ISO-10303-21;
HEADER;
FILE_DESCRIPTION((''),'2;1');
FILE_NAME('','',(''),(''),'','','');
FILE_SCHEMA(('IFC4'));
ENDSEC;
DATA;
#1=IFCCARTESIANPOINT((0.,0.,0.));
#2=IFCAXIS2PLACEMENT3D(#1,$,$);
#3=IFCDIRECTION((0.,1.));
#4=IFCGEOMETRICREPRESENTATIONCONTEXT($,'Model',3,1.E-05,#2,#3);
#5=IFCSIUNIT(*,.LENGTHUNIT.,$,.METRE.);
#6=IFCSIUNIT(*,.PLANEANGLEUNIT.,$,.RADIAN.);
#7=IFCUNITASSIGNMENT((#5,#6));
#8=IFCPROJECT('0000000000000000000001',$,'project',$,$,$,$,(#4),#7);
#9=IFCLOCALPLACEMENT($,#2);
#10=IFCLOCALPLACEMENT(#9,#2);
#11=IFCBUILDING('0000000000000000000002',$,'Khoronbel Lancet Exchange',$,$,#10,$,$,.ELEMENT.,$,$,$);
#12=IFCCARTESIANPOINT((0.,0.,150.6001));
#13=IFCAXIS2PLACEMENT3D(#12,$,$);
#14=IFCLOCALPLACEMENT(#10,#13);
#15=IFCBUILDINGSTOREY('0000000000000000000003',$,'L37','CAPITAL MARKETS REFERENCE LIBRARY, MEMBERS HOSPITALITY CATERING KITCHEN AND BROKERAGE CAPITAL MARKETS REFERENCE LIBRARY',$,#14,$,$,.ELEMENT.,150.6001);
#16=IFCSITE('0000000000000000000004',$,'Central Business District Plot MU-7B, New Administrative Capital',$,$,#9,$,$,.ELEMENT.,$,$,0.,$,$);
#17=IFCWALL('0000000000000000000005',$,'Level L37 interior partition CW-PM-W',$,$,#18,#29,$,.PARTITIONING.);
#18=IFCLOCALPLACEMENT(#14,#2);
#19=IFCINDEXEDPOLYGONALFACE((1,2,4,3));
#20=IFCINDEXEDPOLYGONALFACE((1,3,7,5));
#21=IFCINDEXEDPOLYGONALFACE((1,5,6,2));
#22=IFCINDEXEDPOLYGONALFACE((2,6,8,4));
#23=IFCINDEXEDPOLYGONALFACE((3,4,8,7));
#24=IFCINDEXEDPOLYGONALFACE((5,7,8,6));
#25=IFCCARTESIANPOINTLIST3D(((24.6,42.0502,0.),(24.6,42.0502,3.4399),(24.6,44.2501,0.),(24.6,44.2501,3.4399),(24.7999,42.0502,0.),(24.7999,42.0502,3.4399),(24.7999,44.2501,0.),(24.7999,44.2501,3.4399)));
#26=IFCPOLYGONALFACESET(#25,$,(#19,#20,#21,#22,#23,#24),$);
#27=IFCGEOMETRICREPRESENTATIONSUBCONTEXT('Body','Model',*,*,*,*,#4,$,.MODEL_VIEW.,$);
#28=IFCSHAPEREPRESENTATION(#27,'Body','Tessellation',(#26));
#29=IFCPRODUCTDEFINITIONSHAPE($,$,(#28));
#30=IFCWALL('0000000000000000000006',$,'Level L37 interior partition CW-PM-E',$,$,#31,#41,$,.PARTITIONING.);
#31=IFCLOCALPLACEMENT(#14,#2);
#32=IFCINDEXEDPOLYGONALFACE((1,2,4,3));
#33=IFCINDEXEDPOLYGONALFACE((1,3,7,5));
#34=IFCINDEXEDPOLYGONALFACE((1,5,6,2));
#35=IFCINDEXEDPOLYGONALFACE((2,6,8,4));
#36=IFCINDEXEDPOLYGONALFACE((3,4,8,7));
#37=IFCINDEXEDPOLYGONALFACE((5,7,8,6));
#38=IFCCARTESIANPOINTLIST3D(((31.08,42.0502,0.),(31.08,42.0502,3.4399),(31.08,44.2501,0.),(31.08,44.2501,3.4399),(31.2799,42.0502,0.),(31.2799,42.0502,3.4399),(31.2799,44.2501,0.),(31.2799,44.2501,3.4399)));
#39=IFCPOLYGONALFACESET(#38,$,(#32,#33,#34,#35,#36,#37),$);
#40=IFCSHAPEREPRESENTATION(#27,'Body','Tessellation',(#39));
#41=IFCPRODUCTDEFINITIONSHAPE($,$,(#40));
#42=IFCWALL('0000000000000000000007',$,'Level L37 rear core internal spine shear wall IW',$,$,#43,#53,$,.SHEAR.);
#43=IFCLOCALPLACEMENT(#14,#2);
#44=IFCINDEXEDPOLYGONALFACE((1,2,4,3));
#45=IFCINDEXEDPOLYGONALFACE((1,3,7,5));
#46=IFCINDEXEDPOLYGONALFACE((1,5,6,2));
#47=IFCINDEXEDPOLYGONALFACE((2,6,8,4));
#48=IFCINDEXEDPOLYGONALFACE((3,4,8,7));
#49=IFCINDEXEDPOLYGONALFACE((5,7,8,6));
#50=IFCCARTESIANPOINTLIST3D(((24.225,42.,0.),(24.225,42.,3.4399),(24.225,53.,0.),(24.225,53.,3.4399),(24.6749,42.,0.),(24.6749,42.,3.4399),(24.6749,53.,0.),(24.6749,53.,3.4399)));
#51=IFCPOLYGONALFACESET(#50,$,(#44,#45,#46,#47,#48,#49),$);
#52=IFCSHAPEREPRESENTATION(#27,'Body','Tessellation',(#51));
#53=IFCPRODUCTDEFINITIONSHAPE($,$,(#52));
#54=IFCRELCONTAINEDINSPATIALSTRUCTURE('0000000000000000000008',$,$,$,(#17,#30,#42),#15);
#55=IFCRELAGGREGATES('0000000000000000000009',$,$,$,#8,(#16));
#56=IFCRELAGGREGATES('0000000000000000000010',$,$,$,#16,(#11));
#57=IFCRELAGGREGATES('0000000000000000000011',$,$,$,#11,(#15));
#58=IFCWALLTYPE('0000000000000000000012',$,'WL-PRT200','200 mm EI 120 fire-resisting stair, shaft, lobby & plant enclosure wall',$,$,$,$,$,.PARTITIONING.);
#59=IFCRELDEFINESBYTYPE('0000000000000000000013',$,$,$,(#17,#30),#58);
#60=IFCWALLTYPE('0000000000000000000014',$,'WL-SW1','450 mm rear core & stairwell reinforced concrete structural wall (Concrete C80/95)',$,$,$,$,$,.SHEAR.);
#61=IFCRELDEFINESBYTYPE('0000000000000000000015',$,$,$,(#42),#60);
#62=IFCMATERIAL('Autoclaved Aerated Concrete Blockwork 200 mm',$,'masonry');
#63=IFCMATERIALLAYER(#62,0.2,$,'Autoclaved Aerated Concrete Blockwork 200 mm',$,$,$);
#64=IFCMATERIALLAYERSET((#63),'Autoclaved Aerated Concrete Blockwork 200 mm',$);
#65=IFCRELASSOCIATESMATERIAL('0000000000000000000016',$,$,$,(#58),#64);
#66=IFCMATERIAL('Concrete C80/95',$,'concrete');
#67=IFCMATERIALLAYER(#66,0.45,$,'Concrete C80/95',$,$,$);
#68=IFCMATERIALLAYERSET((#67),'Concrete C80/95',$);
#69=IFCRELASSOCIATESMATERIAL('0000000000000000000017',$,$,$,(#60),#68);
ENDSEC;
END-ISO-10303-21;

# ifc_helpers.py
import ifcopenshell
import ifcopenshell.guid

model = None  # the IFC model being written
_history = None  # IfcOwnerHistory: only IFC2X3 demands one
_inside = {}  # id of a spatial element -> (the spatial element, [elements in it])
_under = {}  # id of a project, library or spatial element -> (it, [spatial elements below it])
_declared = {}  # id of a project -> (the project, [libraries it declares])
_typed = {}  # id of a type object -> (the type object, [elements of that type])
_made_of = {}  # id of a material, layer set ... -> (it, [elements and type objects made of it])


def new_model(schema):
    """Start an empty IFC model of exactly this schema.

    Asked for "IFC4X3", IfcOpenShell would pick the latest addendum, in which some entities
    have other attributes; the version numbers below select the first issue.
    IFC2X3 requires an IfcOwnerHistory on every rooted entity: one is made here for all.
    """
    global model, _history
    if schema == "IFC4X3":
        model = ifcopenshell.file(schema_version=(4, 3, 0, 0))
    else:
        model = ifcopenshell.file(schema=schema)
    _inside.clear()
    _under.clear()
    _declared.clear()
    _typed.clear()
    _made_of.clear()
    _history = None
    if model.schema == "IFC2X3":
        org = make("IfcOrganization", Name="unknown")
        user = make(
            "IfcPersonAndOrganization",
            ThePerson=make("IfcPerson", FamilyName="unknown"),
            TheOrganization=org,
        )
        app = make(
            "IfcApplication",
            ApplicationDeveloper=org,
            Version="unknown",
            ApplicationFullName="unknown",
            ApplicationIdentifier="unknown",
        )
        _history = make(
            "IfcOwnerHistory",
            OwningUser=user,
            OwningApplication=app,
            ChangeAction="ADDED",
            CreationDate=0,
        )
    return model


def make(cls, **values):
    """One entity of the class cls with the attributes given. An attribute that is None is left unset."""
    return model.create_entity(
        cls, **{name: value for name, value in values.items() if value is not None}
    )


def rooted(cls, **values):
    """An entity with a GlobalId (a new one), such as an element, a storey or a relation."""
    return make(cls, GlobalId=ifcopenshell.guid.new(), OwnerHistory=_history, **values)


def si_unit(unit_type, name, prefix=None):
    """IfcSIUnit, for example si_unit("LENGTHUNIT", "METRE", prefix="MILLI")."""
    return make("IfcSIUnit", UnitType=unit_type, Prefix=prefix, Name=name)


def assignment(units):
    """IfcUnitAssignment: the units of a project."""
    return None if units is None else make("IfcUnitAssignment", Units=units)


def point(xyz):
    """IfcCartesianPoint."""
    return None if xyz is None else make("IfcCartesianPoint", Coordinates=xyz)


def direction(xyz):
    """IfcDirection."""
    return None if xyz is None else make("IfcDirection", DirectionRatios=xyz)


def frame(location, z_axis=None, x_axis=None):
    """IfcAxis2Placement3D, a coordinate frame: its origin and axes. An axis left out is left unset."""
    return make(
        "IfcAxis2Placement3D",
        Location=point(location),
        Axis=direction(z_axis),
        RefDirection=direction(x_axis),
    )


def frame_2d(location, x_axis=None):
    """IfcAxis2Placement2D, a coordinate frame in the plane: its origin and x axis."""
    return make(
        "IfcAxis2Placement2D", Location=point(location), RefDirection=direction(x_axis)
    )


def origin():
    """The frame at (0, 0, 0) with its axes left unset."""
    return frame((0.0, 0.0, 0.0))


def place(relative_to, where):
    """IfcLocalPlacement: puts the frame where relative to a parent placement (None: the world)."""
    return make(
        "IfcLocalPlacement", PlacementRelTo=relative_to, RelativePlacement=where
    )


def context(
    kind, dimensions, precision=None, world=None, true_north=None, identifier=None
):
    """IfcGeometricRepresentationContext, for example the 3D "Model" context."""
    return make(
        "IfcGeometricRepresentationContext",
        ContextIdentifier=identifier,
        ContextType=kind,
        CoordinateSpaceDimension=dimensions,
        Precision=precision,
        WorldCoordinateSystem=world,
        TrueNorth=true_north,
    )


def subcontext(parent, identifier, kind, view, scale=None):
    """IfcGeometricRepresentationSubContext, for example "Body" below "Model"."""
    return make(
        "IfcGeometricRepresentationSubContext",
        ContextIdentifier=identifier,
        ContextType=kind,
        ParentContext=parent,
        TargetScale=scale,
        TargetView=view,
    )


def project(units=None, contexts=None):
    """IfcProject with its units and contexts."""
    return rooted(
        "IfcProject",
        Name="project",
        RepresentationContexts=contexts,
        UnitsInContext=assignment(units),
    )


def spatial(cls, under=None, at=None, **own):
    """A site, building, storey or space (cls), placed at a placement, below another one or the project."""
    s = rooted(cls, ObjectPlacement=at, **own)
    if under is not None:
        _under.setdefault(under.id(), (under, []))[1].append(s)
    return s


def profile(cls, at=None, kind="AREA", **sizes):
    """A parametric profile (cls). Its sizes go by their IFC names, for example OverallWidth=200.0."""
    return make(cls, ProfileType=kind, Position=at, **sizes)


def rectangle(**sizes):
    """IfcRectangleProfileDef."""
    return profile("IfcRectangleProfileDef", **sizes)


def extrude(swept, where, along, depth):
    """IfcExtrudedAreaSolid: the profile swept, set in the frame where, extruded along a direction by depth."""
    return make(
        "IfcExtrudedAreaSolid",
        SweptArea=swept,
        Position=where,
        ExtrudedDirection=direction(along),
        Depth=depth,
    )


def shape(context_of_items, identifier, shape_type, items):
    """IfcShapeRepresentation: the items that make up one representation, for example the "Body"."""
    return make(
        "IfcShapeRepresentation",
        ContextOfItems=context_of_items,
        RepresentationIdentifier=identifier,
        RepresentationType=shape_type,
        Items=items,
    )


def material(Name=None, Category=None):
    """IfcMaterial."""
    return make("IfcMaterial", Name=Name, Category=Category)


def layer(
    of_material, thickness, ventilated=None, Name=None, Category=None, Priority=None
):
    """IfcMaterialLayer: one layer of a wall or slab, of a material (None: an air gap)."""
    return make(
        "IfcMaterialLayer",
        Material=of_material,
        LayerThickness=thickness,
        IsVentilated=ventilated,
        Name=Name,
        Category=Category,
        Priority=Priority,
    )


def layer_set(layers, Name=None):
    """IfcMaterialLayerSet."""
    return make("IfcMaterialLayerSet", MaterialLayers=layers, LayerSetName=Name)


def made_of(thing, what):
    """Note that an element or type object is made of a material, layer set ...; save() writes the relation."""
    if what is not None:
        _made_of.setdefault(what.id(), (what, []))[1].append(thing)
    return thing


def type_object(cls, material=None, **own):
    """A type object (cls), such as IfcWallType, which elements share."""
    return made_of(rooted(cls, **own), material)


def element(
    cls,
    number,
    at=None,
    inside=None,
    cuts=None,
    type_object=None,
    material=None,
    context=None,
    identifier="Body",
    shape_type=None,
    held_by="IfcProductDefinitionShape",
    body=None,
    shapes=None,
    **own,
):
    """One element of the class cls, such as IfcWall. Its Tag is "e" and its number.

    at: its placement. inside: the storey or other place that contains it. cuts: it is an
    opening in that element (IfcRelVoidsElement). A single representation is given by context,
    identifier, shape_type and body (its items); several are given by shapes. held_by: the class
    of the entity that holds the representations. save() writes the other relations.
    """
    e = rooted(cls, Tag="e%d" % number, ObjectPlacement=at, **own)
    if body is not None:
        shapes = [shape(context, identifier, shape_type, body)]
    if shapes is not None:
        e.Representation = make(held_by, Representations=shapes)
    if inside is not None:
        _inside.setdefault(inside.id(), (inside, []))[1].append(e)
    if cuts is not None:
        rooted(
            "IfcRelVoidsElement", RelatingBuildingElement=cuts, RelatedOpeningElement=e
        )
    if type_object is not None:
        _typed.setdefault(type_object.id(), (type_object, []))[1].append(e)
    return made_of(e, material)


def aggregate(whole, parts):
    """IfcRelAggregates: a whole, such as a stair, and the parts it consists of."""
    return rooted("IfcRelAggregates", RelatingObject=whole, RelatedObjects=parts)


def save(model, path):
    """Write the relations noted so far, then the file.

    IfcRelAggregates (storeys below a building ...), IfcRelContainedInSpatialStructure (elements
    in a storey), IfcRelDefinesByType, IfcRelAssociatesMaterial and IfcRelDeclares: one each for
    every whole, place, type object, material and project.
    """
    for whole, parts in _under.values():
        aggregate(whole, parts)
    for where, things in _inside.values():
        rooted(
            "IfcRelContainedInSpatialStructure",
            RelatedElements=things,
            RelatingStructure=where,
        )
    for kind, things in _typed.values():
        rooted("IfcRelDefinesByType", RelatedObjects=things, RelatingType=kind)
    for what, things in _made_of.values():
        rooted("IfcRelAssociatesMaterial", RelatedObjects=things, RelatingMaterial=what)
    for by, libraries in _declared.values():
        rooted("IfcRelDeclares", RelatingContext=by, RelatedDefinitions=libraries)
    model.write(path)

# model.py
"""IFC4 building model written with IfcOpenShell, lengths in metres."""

from ifc_helpers import new_model, si_unit, direction, frame, frame_2d, origin, place, context, subcontext, project, spatial, rectangle, extrude, material, layer, layer_set, type_object, element, save


model = new_model("IFC4")

# Units and contexts
model_context = context("Model", 3, precision=1e-05, world=origin(), true_north=direction((0.0, 1.0)))
body_context = subcontext(model_context, "Body", "Model", "MODEL_VIEW")
ifc_project = project(units=[si_unit("LENGTHUNIT", "METRE"), si_unit("PLANEANGLEUNIT", "RADIAN")], contexts=[model_context])

# Site, building, storey
site_placement = place(None, origin())
site = spatial("IfcSite", under=ifc_project, at=site_placement, Name="Central Business District Plot MU-7B, New Administrative Capital", CompositionType="ELEMENT", RefElevation=0.0)
building_placement = place(site_placement, origin())
building = spatial("IfcBuilding", under=site, at=building_placement, Name="Khoronbel Lancet Exchange", CompositionType="ELEMENT")
storey_placement = place(building_placement, frame((0.0, 0.0, 150.6001)))
storey = spatial("IfcBuildingStorey", under=building, at=storey_placement, Name="L37", Description="CAPITAL MARKETS REFERENCE LIBRARY, MEMBERS HOSPITALITY CATERING KITCHEN AND BROKERAGE CAPITAL MARKETS REFERENCE LIBRARY", CompositionType="ELEMENT", Elevation=150.6001)

# Shared definitions
ifc_material_1 = material(Name="Concrete C80/95", Category="concrete")

# Shared definitions
ifc_material_2 = material(Name="Autoclaved Aerated Concrete Blockwork 200 mm", Category="masonry")
ifc_layer_1 = layer(ifc_material_2, 0.2, Name="Autoclaved Aerated Concrete Blockwork 200 mm")
ifc_layer_set_1 = layer_set([ifc_layer_1], Name="Autoclaved Aerated Concrete Blockwork 200 mm")
wall_type_1 = type_object("IfcWallType", Name="WL-PRT200", Description="200 mm EI 120 fire-resisting stair, shaft, lobby & plant enclosure wall", PredefinedType="PARTITIONING", material=ifc_layer_set_1)

# Walls
for number, where, z_axis, x_axis, name in (
    (1, (24.7, 42.05, 0.0), (0.0, 0.0, 1.0), (0.0, 1.0, 0.0), "Level L37 interior partition CW-PM-W"),
    (2, (31.1799, 42.05, 0.0), (0.0, 0.0, 1.0), (0.0, 1.0, 0.0), "Level L37 interior partition CW-PM-E"),
):
    element("IfcWall", number, at=place(storey_placement, frame(where, z_axis=z_axis, x_axis=x_axis)), inside=storey, type_object=wall_type_1, Name=name, PredefinedType="PARTITIONING", context=body_context, shape_type="SweptSolid", body=[
        extrude(rectangle(XDim=2.2, YDim=0.2, at=frame_2d((1.1001, 0.0))), origin(), (0.0, 0.0, 1.0), 3.4399),
    ])
ifc_layer_2 = layer(ifc_material_1, 0.45, Name="Concrete C80/95")
ifc_layer_set_2 = layer_set([ifc_layer_2], Name="Concrete C80/95")
wall_type_2 = type_object("IfcWallType", Name="WL-SW1", Description="450 mm rear core & stairwell reinforced concrete structural wall (Concrete C80/95)", PredefinedType="SHEAR", material=ifc_layer_set_2)
wall_1_placement = place(storey_placement, frame((24.45, 42.0, 0.0), z_axis=(0.0, 0.0, 1.0), x_axis=(0.0, 1.0, 0.0)))
element("IfcWall", 3, at=wall_1_placement, inside=storey, type_object=wall_type_2, Name="Level L37 rear core internal spine shear wall IW", PredefinedType="SHEAR", context=body_context, shape_type="SweptSolid", body=[
    extrude(rectangle(XDim=11.0, YDim=0.45, at=frame_2d((5.5, 0.0))), origin(), (0.0, 0.0, 1.0), 3.4399),
])

save(model, "model.ifc")
